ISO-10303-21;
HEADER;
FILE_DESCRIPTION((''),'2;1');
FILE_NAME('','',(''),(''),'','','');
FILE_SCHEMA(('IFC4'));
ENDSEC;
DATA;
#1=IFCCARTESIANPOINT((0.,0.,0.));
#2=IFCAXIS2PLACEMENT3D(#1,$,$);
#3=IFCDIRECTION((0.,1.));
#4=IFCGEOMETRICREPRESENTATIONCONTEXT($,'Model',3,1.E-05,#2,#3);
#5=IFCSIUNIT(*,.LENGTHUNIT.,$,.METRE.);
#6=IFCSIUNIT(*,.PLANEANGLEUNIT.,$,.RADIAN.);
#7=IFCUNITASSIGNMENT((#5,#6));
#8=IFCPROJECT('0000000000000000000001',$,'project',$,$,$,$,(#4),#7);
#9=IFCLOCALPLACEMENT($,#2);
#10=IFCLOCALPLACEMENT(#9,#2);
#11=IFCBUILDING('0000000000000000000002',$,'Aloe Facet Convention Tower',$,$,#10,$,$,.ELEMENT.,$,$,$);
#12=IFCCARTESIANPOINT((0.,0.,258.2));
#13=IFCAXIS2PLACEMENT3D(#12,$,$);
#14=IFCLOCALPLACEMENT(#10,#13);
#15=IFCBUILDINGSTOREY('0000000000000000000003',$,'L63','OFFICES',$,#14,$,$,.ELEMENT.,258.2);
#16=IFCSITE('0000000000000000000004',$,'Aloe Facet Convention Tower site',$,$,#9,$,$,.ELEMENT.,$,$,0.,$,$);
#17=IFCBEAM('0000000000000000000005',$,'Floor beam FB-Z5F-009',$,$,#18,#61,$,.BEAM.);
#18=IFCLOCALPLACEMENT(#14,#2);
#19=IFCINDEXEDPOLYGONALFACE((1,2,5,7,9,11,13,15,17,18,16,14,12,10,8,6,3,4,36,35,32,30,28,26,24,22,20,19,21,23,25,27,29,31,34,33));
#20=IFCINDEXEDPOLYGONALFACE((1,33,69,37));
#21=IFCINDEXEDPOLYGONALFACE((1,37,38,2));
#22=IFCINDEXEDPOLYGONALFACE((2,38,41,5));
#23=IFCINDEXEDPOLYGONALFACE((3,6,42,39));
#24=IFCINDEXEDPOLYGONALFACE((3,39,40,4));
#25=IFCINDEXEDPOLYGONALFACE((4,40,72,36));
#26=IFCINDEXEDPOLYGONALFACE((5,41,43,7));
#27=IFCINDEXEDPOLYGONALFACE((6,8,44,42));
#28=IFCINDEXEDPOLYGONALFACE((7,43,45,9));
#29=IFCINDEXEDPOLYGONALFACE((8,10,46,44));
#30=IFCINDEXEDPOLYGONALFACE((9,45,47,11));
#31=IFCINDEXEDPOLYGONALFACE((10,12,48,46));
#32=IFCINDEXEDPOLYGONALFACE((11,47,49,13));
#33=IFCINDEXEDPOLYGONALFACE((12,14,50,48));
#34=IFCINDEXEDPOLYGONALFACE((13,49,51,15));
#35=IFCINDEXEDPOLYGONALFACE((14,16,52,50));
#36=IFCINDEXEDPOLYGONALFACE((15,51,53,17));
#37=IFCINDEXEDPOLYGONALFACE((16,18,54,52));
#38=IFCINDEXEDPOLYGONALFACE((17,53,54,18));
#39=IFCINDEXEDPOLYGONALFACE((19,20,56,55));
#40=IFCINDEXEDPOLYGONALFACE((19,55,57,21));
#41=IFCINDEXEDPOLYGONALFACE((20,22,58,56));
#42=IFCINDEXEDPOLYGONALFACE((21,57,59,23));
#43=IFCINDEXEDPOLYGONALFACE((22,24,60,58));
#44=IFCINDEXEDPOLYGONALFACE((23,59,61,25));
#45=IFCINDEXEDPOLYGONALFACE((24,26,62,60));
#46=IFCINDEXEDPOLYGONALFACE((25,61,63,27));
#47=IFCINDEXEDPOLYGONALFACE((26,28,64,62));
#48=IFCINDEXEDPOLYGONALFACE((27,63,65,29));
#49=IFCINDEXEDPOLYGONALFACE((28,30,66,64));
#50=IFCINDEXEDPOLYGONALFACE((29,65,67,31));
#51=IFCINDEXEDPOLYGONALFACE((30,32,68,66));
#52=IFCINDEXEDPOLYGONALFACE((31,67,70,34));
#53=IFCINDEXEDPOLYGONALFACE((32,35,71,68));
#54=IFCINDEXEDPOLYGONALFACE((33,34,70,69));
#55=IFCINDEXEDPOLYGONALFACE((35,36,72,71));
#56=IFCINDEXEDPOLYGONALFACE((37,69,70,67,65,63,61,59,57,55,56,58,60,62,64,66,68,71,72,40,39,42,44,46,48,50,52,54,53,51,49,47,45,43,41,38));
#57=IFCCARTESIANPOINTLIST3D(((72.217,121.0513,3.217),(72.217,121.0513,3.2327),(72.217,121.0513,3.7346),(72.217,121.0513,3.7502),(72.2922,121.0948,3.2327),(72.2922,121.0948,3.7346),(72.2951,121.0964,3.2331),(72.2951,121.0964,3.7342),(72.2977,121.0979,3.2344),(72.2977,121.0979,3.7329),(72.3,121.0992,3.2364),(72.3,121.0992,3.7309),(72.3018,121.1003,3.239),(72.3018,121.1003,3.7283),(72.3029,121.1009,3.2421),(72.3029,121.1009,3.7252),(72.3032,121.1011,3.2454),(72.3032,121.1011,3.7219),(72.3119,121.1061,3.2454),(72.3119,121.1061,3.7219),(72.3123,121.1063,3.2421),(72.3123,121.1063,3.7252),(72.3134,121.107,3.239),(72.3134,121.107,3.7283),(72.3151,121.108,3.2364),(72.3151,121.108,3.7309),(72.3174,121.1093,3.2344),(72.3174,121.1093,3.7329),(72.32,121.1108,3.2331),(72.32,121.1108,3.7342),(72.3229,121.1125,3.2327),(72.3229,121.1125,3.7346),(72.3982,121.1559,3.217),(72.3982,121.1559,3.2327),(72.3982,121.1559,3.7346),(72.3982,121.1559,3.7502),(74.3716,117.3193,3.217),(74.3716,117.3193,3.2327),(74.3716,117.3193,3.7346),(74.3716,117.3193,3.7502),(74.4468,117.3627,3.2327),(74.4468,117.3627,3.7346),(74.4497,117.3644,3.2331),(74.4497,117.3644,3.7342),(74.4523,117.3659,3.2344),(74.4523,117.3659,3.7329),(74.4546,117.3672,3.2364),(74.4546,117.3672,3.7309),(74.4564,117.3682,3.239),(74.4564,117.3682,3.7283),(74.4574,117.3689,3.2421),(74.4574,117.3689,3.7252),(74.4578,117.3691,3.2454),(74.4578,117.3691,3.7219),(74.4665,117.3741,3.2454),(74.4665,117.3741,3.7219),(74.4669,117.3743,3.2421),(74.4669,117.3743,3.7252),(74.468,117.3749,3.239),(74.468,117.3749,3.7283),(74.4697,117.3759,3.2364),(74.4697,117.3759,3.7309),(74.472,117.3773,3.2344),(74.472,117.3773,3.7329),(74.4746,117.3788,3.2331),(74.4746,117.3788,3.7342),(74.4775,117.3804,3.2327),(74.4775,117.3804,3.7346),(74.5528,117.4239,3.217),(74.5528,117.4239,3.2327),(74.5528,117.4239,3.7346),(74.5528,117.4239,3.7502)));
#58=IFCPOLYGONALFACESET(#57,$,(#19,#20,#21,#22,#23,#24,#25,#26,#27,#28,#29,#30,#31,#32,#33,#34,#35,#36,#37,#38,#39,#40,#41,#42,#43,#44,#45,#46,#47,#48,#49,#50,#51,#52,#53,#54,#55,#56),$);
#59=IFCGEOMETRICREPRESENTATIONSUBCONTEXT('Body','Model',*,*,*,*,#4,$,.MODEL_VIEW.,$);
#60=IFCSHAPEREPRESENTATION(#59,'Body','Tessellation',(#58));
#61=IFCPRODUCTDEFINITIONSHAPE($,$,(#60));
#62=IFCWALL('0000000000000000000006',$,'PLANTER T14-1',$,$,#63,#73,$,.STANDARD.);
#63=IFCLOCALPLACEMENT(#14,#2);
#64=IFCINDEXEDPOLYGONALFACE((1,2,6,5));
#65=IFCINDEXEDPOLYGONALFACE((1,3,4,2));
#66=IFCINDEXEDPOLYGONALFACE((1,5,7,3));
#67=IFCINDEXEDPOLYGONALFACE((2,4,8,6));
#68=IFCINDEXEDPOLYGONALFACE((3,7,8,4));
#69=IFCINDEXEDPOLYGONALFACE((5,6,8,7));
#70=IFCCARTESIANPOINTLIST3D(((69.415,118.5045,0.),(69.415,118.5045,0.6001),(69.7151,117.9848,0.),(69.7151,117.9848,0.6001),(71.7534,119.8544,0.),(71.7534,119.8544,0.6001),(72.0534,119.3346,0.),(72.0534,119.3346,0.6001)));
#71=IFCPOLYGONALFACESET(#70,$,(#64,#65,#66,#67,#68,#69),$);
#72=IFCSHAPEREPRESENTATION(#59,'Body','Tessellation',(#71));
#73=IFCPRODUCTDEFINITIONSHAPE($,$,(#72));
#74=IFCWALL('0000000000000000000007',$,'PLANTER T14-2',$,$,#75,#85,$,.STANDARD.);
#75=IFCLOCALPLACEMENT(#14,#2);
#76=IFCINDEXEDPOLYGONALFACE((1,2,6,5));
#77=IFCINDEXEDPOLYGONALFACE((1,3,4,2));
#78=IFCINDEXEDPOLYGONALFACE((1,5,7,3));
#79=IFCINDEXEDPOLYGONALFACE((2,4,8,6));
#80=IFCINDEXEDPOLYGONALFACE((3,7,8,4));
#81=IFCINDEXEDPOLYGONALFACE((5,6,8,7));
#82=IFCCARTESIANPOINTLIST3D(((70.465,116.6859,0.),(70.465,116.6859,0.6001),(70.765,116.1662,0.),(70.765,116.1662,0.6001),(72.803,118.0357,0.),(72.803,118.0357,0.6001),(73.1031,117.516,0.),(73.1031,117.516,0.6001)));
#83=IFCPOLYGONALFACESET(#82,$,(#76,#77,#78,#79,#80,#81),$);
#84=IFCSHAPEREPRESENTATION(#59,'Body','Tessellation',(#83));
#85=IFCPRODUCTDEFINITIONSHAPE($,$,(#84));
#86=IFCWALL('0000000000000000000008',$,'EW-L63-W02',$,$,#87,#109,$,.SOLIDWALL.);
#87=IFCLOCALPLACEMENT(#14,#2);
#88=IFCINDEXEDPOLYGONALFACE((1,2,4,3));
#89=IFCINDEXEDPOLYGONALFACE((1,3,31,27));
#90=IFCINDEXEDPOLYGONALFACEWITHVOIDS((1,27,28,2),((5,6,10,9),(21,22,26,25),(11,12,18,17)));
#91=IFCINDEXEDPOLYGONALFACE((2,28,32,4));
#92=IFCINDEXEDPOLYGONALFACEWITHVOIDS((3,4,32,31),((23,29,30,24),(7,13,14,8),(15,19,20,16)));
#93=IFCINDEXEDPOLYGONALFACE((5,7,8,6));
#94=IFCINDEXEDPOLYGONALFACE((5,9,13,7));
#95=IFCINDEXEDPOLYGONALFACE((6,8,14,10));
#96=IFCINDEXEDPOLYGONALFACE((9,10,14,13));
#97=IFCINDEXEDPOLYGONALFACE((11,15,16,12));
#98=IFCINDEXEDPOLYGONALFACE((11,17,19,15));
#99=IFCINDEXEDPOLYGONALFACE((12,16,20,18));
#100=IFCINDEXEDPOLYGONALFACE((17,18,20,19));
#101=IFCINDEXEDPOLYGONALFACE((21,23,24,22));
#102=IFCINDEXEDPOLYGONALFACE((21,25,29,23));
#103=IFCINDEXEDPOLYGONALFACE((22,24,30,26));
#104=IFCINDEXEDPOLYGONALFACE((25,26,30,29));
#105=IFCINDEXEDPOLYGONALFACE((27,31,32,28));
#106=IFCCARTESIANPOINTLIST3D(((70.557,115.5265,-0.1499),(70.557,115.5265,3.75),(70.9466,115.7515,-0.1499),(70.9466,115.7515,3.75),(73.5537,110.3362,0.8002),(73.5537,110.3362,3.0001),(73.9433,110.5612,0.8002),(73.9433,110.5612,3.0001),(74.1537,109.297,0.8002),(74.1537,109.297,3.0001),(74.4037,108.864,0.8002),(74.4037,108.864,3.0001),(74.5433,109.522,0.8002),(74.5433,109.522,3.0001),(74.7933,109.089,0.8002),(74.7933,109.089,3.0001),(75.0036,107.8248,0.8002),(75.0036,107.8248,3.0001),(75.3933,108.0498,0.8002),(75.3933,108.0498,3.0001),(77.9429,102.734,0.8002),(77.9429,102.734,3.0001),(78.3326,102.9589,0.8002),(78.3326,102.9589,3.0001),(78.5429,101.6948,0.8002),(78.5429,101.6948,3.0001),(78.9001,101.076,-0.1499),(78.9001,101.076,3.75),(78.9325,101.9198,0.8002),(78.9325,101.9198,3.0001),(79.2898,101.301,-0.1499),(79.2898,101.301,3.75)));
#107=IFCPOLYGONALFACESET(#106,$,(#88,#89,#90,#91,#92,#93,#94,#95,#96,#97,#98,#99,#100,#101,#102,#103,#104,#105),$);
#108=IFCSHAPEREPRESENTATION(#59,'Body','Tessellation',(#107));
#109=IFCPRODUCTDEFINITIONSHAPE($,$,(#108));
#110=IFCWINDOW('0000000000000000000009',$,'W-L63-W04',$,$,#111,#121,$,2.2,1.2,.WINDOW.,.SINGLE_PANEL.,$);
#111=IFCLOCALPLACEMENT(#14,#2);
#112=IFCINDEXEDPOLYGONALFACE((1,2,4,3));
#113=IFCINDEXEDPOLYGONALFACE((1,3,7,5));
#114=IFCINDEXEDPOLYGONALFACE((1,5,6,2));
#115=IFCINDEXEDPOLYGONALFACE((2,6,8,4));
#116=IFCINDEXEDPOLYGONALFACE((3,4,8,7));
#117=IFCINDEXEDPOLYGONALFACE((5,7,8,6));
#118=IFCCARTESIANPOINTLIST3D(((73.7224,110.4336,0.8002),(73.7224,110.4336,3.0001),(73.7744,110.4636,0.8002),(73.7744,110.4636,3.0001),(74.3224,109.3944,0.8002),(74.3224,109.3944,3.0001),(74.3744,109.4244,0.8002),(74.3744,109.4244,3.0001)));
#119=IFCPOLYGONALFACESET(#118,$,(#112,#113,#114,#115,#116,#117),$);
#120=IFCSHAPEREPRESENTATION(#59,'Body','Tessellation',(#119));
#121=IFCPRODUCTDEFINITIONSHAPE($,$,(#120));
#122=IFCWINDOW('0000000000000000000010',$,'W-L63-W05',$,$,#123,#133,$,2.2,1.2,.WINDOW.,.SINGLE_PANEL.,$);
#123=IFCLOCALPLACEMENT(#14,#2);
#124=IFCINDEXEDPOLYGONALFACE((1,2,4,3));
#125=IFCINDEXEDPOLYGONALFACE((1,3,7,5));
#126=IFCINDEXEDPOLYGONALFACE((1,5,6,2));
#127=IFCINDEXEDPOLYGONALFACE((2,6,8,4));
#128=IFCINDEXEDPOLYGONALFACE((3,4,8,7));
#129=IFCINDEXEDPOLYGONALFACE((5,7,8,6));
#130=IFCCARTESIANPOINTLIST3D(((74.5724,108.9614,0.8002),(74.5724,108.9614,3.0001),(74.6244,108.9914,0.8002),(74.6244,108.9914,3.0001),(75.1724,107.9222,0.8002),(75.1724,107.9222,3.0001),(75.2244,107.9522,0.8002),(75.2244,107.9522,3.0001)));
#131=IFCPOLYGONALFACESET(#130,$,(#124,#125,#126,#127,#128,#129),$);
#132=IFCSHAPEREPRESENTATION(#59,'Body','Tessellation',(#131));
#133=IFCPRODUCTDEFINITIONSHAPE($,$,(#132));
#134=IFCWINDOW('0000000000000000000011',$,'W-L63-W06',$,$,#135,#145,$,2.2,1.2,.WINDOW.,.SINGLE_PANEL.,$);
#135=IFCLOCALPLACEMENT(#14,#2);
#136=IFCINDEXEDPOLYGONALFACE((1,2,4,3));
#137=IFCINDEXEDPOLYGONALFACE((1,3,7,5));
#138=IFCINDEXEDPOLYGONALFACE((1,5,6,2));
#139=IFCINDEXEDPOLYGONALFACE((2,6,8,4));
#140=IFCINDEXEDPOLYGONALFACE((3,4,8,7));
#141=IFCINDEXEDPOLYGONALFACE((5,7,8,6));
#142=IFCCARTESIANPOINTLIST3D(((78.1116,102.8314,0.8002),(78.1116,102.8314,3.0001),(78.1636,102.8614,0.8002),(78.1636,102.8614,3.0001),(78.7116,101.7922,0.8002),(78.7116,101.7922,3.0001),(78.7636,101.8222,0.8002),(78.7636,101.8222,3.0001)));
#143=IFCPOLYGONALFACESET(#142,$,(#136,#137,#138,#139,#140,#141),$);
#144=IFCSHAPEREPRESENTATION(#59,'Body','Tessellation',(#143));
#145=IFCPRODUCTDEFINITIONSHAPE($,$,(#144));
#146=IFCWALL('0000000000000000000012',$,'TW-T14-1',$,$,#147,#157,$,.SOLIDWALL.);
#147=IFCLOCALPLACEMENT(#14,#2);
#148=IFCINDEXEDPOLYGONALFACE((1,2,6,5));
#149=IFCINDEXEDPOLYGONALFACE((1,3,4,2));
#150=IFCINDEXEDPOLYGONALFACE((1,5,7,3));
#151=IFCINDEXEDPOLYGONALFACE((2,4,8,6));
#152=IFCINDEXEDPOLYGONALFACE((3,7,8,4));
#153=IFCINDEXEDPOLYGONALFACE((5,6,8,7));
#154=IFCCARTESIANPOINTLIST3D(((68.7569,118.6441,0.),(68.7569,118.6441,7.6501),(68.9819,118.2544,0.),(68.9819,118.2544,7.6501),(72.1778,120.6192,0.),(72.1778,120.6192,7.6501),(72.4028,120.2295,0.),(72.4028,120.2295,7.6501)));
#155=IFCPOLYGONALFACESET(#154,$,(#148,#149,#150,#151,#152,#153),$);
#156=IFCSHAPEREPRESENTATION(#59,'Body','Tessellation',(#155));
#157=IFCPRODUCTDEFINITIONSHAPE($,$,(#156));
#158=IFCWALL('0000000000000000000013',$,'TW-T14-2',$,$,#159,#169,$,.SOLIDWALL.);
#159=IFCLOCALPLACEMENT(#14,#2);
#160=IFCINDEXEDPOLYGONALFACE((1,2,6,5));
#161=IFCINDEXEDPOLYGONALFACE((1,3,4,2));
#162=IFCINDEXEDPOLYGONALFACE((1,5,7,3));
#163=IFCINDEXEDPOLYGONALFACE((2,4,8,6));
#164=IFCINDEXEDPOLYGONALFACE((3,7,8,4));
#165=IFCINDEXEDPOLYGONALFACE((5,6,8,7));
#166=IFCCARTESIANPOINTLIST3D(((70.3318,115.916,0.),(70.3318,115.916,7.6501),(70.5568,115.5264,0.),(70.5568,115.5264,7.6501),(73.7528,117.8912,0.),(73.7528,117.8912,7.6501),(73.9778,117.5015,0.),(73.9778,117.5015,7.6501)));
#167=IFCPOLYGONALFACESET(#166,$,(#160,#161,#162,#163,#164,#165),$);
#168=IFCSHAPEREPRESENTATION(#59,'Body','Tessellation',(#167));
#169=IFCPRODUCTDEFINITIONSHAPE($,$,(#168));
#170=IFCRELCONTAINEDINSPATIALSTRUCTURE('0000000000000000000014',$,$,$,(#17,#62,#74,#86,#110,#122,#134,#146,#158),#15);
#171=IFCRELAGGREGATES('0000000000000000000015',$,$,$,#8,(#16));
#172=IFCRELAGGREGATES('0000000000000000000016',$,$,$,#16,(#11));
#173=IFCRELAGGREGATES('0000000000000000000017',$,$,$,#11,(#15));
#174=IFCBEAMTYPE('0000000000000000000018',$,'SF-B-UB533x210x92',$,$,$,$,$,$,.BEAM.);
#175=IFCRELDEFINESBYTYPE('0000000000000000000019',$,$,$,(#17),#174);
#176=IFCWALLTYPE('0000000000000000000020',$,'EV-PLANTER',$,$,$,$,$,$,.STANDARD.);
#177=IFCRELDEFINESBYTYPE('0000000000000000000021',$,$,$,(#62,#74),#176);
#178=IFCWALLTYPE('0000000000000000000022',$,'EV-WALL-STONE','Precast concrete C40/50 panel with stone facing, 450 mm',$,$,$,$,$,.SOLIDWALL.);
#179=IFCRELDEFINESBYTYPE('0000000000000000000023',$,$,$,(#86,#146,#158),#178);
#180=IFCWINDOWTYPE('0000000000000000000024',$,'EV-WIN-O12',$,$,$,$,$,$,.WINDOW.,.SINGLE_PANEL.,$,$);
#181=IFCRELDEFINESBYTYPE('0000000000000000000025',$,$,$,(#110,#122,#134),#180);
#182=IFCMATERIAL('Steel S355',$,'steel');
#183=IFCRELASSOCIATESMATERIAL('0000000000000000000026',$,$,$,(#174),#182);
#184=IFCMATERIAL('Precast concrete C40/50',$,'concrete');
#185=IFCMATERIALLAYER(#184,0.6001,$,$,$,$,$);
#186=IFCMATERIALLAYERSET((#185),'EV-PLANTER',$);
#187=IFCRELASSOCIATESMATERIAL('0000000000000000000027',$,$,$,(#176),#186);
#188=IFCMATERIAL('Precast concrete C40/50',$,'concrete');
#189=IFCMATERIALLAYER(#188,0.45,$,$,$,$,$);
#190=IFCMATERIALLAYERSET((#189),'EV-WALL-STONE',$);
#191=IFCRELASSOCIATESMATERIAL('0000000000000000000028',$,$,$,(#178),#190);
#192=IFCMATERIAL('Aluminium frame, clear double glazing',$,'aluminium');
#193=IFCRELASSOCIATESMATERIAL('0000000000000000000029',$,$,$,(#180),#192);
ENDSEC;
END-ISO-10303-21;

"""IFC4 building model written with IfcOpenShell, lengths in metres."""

from ifc_helpers import new_model, si_unit, direction, frame, frame_2d, origin, origin_2d, place, context, subcontext, project, spatial, polyline, rectangle, i_section, outline, extrude, material, layer, layer_set, material_profile, profile_set, type_object, element, fill, save


model = new_model("IFC4")

# Units and contexts
model_context = context("Model", 3, precision=1e-05, world=origin(), true_north=direction((0.0, 1.0)))
body_context = subcontext(model_context, "Body", "Model", "MODEL_VIEW")
ifc_project = project(units=[si_unit("LENGTHUNIT", "METRE"), si_unit("PLANEANGLEUNIT", "RADIAN")], contexts=[model_context])

# Site, building, storey
site_placement = place(None, origin())
site = spatial("IfcSite", under=ifc_project, at=site_placement, Name="Aloe Facet Convention Tower site", CompositionType="ELEMENT", RefElevation=0.0)
building_placement = place(site_placement, origin())
building = spatial("IfcBuilding", under=site, at=building_placement, Name="Aloe Facet Convention Tower", CompositionType="ELEMENT")
storey_placement = place(building_placement, frame((0.0, 0.0, 258.2)))
storey = spatial("IfcBuildingStorey", under=building, at=storey_placement, Name="L63", Description="OFFICES", CompositionType="ELEMENT", Elevation=258.2)

# Beam
ifc_material_1 = material(Name="Steel S355", Category="steel")
ifc_material_profile_1 = material_profile(ifc_material_1, i_section(OverallWidth=0.2092, OverallDepth=0.5332, WebThickness=0.01, FlangeThickness=0.0156, FilletRadius=0.0127, at=origin_2d()), Name="UB 533x210x92")
ifc_profile_set_1 = profile_set([ifc_material_profile_1], Name="Steel S355")
beam_type_1 = type_object("IfcBeamType", Name="SF-B-UB533x210x92", PredefinedType="BEAM", material=ifc_profile_set_1)
beam_1_placement = place(storey_placement, frame((74.4622, 117.3716, 3.4836), z_axis=(-0.499984, 0.866035, 0.0), x_axis=(-0.866035, -0.499984, 0.0)))
element("IfcBeam", 1, at=beam_1_placement, inside=storey, type_object=beam_type_1, Name="Floor beam FB-Z5F-009", PredefinedType="BEAM", context=body_context, shape_type="SweptSolid", body=[
    extrude(i_section(OverallWidth=0.2092, OverallDepth=0.5332, WebThickness=0.01, FlangeThickness=0.0156, FilletRadius=0.0127, at=origin_2d()), origin(), (0.0, 0.0, 1.0), 4.3093),
])

# Walls
ifc_material_2 = material(Name="Precast concrete C40/50", Category="concrete")
ifc_layer_1 = layer(ifc_material_2, 0.6001)
ifc_layer_set_1 = layer_set([ifc_layer_1], Name="EV-PLANTER")
wall_type_1 = type_object("IfcWallType", Name="EV-PLANTER", PredefinedType="STANDARD", material=ifc_layer_set_1)
wall_1_placement = place(storey_placement, frame((69.5649, 118.2446, 0.0), z_axis=(0.0, 0.0, 1.0), x_axis=(0.866059, 0.499942, 0.0)))
element("IfcWall", 2, at=wall_1_placement, inside=storey, type_object=wall_type_1, Name="PLANTER T14-1", PredefinedType="STANDARD", context=body_context, shape_type="SweptSolid", body=[
    extrude(rectangle(XDim=2.7, YDim=0.6001, at=frame_2d((1.3501, 0.0))), origin(), (0.0, 0.0, 1.0), 0.6001),
])
wall_2_placement = place(storey_placement, frame((70.615, 116.426, 0.0), z_axis=(0.0, 0.0, 1.0), x_axis=(0.866037, 0.499981, 0.0)))
element("IfcWall", 3, at=wall_2_placement, inside=storey, type_object=wall_type_1, Name="PLANTER T14-2", PredefinedType="STANDARD", context=body_context, shape_type="SweptSolid", body=[
    extrude(rectangle(XDim=2.6997, YDim=0.6001, at=frame_2d((1.3499, 0.0))), origin(), (0.0, 0.0, 1.0), 0.6001),
])

# Wall, openings, windows
ifc_material_3 = material(Name="Precast concrete C40/50", Category="concrete")
ifc_layer_2 = layer(ifc_material_3, 0.45)
ifc_layer_set_2 = layer_set([ifc_layer_2], Name="EV-WALL-STONE")
wall_type_2 = type_object("IfcWallType", Name="EV-WALL-STONE", Description="Precast concrete C40/50 panel with stone facing, 450 mm", PredefinedType="SOLIDWALL", material=ifc_layer_set_2)
wall_3_placement = place(storey_placement, frame((70.7517, 115.6389, -0.1499), z_axis=(0.0, 0.0, 1.0), x_axis=(0.500007, -0.866021, 0.0)))
wall_3 = element("IfcWall", 4, at=wall_3_placement, inside=storey, type_object=wall_type_2, Name="EW-L63-W02", PredefinedType="SOLIDWALL", context=body_context, shape_type="SweptSolid", body=[
    extrude(outline(polyline([(16.686, 3.8999), (16.686, 0.0), (0.0, 0.0), (0.0, 3.8999), (16.686, 3.8999)])), frame((0.0, 0.2251, 0.0), z_axis=(0.0, -1.0, 0.0), x_axis=(1.0, 0.0, 0.0)), (0.0, 0.0, 1.0), 0.45),
])
opening_1_placement = place(wall_3_placement, frame((5.9932, 0.0, 0.95)))
opening_1 = element("IfcOpeningElement", 5, at=opening_1_placement, cuts=wall_3, PredefinedType="OPENING", context=body_context, shape_type="SweptSolid", body=[
    extrude(rectangle(XDim=1.2, YDim=2.2, at=frame_2d((0.6001, 1.1001))), frame((0.0, 0.2349, 0.0), z_axis=(0.0, -1.0, 0.0), x_axis=(1.0, 0.0, 0.0)), (0.0, 0.0, 1.0), 0.47),
])
opening_2_placement = place(wall_3_placement, frame((7.6931, 0.0, 0.95)))
opening_2 = element("IfcOpeningElement", 6, at=opening_2_placement, cuts=wall_3, PredefinedType="OPENING", context=body_context, shape_type="SweptSolid", body=[
    extrude(rectangle(XDim=1.2, YDim=2.2, at=frame_2d((0.6001, 1.1001))), frame((0.0, 0.2349, 0.0), z_axis=(0.0, -1.0, 0.0), x_axis=(1.0, 0.0, 0.0)), (0.0, 0.0, 1.0), 0.47),
])
opening_3_placement = place(wall_3_placement, frame((14.7715, 0.0, 0.95)))
opening_3 = element("IfcOpeningElement", 7, at=opening_3_placement, cuts=wall_3, PredefinedType="OPENING", context=body_context, shape_type="SweptSolid", body=[
    extrude(rectangle(XDim=1.2, YDim=2.2, at=frame_2d((0.6001, 1.1001))), frame((0.0, 0.2349, 0.0), z_axis=(0.0, -1.0, 0.0), x_axis=(1.0, 0.0, 0.0)), (0.0, 0.0, 1.0), 0.47),
])
ifc_material_4 = material(Name="Aluminium frame, clear double glazing", Category="aluminium")
window_type_1 = type_object("IfcWindowType", Name="EV-WIN-O12", PartitioningType="SINGLE_PANEL", PredefinedType="WINDOW", material=ifc_material_4)
window_1_placement = place(opening_1_placement, origin())
window_1 = element("IfcWindow", 8, at=window_1_placement, inside=storey, type_object=window_type_1, Name="W-L63-W04", OverallHeight=2.2, OverallWidth=1.2, PartitioningType="SINGLE_PANEL", PredefinedType="WINDOW", context=body_context, shape_type="SweptSolid", body=[
    extrude(rectangle(XDim=1.2, YDim=2.2, at=frame_2d((0.6001, 1.1001))), frame((0.0, 0.03, 0.0), z_axis=(0.0, -1.0, 0.0), x_axis=(1.0, 0.0, 0.0)), (0.0, 0.0, 1.0), 0.0601),
])
fill(opening_1, window_1)
window_2_placement = place(opening_2_placement, origin())
window_2 = element("IfcWindow", 9, at=window_2_placement, inside=storey, type_object=window_type_1, Name="W-L63-W05", OverallHeight=2.2, OverallWidth=1.2, PartitioningType="SINGLE_PANEL", PredefinedType="WINDOW", context=body_context, shape_type="SweptSolid", body=[
    extrude(rectangle(XDim=1.2, YDim=2.2, at=frame_2d((0.6001, 1.1001))), frame((0.0, 0.03, 0.0), z_axis=(0.0, -1.0, 0.0), x_axis=(1.0, 0.0, 0.0)), (0.0, 0.0, 1.0), 0.0601),
])
fill(opening_2, window_2)
window_3_placement = place(opening_3_placement, origin())
window_3 = element("IfcWindow", 10, at=window_3_placement, inside=storey, type_object=window_type_1, Name="W-L63-W06", OverallHeight=2.2, OverallWidth=1.2, PartitioningType="SINGLE_PANEL", PredefinedType="WINDOW", context=body_context, shape_type="SweptSolid", body=[
    extrude(rectangle(XDim=1.2, YDim=2.2, at=frame_2d((0.6001, 1.1001))), frame((0.0, 0.03, 0.0), z_axis=(0.0, -1.0, 0.0), x_axis=(1.0, 0.0, 0.0)), (0.0, 0.0, 1.0), 0.0601),
])
fill(opening_3, window_3)

# Walls
for number, where, z_axis, x_axis, name in (
    (11, (68.8694, 118.4492, 0.0), (0.0, 0.0, 1.0), (0.866021, 0.500008, 0.0), "TW-T14-1"),
    (12, (70.4443, 115.7212, 0.0), (0.0, 0.0, 1.0), (0.866021, 0.500008, 0.0), "TW-T14-2"),
):
    element("IfcWall", number, at=place(storey_placement, frame(where, z_axis=z_axis, x_axis=x_axis)), inside=storey, type_object=wall_type_2, Name=name, PredefinedType="SOLIDWALL", context=body_context, shape_type="SweptSolid", body=[
        extrude(rectangle(XDim=3.9502, YDim=0.45, at=frame_2d((1.9751, 0.0))), origin(), (0.0, 0.0, 1.0), 7.6501),
    ])

save(model, "model.ifc")
